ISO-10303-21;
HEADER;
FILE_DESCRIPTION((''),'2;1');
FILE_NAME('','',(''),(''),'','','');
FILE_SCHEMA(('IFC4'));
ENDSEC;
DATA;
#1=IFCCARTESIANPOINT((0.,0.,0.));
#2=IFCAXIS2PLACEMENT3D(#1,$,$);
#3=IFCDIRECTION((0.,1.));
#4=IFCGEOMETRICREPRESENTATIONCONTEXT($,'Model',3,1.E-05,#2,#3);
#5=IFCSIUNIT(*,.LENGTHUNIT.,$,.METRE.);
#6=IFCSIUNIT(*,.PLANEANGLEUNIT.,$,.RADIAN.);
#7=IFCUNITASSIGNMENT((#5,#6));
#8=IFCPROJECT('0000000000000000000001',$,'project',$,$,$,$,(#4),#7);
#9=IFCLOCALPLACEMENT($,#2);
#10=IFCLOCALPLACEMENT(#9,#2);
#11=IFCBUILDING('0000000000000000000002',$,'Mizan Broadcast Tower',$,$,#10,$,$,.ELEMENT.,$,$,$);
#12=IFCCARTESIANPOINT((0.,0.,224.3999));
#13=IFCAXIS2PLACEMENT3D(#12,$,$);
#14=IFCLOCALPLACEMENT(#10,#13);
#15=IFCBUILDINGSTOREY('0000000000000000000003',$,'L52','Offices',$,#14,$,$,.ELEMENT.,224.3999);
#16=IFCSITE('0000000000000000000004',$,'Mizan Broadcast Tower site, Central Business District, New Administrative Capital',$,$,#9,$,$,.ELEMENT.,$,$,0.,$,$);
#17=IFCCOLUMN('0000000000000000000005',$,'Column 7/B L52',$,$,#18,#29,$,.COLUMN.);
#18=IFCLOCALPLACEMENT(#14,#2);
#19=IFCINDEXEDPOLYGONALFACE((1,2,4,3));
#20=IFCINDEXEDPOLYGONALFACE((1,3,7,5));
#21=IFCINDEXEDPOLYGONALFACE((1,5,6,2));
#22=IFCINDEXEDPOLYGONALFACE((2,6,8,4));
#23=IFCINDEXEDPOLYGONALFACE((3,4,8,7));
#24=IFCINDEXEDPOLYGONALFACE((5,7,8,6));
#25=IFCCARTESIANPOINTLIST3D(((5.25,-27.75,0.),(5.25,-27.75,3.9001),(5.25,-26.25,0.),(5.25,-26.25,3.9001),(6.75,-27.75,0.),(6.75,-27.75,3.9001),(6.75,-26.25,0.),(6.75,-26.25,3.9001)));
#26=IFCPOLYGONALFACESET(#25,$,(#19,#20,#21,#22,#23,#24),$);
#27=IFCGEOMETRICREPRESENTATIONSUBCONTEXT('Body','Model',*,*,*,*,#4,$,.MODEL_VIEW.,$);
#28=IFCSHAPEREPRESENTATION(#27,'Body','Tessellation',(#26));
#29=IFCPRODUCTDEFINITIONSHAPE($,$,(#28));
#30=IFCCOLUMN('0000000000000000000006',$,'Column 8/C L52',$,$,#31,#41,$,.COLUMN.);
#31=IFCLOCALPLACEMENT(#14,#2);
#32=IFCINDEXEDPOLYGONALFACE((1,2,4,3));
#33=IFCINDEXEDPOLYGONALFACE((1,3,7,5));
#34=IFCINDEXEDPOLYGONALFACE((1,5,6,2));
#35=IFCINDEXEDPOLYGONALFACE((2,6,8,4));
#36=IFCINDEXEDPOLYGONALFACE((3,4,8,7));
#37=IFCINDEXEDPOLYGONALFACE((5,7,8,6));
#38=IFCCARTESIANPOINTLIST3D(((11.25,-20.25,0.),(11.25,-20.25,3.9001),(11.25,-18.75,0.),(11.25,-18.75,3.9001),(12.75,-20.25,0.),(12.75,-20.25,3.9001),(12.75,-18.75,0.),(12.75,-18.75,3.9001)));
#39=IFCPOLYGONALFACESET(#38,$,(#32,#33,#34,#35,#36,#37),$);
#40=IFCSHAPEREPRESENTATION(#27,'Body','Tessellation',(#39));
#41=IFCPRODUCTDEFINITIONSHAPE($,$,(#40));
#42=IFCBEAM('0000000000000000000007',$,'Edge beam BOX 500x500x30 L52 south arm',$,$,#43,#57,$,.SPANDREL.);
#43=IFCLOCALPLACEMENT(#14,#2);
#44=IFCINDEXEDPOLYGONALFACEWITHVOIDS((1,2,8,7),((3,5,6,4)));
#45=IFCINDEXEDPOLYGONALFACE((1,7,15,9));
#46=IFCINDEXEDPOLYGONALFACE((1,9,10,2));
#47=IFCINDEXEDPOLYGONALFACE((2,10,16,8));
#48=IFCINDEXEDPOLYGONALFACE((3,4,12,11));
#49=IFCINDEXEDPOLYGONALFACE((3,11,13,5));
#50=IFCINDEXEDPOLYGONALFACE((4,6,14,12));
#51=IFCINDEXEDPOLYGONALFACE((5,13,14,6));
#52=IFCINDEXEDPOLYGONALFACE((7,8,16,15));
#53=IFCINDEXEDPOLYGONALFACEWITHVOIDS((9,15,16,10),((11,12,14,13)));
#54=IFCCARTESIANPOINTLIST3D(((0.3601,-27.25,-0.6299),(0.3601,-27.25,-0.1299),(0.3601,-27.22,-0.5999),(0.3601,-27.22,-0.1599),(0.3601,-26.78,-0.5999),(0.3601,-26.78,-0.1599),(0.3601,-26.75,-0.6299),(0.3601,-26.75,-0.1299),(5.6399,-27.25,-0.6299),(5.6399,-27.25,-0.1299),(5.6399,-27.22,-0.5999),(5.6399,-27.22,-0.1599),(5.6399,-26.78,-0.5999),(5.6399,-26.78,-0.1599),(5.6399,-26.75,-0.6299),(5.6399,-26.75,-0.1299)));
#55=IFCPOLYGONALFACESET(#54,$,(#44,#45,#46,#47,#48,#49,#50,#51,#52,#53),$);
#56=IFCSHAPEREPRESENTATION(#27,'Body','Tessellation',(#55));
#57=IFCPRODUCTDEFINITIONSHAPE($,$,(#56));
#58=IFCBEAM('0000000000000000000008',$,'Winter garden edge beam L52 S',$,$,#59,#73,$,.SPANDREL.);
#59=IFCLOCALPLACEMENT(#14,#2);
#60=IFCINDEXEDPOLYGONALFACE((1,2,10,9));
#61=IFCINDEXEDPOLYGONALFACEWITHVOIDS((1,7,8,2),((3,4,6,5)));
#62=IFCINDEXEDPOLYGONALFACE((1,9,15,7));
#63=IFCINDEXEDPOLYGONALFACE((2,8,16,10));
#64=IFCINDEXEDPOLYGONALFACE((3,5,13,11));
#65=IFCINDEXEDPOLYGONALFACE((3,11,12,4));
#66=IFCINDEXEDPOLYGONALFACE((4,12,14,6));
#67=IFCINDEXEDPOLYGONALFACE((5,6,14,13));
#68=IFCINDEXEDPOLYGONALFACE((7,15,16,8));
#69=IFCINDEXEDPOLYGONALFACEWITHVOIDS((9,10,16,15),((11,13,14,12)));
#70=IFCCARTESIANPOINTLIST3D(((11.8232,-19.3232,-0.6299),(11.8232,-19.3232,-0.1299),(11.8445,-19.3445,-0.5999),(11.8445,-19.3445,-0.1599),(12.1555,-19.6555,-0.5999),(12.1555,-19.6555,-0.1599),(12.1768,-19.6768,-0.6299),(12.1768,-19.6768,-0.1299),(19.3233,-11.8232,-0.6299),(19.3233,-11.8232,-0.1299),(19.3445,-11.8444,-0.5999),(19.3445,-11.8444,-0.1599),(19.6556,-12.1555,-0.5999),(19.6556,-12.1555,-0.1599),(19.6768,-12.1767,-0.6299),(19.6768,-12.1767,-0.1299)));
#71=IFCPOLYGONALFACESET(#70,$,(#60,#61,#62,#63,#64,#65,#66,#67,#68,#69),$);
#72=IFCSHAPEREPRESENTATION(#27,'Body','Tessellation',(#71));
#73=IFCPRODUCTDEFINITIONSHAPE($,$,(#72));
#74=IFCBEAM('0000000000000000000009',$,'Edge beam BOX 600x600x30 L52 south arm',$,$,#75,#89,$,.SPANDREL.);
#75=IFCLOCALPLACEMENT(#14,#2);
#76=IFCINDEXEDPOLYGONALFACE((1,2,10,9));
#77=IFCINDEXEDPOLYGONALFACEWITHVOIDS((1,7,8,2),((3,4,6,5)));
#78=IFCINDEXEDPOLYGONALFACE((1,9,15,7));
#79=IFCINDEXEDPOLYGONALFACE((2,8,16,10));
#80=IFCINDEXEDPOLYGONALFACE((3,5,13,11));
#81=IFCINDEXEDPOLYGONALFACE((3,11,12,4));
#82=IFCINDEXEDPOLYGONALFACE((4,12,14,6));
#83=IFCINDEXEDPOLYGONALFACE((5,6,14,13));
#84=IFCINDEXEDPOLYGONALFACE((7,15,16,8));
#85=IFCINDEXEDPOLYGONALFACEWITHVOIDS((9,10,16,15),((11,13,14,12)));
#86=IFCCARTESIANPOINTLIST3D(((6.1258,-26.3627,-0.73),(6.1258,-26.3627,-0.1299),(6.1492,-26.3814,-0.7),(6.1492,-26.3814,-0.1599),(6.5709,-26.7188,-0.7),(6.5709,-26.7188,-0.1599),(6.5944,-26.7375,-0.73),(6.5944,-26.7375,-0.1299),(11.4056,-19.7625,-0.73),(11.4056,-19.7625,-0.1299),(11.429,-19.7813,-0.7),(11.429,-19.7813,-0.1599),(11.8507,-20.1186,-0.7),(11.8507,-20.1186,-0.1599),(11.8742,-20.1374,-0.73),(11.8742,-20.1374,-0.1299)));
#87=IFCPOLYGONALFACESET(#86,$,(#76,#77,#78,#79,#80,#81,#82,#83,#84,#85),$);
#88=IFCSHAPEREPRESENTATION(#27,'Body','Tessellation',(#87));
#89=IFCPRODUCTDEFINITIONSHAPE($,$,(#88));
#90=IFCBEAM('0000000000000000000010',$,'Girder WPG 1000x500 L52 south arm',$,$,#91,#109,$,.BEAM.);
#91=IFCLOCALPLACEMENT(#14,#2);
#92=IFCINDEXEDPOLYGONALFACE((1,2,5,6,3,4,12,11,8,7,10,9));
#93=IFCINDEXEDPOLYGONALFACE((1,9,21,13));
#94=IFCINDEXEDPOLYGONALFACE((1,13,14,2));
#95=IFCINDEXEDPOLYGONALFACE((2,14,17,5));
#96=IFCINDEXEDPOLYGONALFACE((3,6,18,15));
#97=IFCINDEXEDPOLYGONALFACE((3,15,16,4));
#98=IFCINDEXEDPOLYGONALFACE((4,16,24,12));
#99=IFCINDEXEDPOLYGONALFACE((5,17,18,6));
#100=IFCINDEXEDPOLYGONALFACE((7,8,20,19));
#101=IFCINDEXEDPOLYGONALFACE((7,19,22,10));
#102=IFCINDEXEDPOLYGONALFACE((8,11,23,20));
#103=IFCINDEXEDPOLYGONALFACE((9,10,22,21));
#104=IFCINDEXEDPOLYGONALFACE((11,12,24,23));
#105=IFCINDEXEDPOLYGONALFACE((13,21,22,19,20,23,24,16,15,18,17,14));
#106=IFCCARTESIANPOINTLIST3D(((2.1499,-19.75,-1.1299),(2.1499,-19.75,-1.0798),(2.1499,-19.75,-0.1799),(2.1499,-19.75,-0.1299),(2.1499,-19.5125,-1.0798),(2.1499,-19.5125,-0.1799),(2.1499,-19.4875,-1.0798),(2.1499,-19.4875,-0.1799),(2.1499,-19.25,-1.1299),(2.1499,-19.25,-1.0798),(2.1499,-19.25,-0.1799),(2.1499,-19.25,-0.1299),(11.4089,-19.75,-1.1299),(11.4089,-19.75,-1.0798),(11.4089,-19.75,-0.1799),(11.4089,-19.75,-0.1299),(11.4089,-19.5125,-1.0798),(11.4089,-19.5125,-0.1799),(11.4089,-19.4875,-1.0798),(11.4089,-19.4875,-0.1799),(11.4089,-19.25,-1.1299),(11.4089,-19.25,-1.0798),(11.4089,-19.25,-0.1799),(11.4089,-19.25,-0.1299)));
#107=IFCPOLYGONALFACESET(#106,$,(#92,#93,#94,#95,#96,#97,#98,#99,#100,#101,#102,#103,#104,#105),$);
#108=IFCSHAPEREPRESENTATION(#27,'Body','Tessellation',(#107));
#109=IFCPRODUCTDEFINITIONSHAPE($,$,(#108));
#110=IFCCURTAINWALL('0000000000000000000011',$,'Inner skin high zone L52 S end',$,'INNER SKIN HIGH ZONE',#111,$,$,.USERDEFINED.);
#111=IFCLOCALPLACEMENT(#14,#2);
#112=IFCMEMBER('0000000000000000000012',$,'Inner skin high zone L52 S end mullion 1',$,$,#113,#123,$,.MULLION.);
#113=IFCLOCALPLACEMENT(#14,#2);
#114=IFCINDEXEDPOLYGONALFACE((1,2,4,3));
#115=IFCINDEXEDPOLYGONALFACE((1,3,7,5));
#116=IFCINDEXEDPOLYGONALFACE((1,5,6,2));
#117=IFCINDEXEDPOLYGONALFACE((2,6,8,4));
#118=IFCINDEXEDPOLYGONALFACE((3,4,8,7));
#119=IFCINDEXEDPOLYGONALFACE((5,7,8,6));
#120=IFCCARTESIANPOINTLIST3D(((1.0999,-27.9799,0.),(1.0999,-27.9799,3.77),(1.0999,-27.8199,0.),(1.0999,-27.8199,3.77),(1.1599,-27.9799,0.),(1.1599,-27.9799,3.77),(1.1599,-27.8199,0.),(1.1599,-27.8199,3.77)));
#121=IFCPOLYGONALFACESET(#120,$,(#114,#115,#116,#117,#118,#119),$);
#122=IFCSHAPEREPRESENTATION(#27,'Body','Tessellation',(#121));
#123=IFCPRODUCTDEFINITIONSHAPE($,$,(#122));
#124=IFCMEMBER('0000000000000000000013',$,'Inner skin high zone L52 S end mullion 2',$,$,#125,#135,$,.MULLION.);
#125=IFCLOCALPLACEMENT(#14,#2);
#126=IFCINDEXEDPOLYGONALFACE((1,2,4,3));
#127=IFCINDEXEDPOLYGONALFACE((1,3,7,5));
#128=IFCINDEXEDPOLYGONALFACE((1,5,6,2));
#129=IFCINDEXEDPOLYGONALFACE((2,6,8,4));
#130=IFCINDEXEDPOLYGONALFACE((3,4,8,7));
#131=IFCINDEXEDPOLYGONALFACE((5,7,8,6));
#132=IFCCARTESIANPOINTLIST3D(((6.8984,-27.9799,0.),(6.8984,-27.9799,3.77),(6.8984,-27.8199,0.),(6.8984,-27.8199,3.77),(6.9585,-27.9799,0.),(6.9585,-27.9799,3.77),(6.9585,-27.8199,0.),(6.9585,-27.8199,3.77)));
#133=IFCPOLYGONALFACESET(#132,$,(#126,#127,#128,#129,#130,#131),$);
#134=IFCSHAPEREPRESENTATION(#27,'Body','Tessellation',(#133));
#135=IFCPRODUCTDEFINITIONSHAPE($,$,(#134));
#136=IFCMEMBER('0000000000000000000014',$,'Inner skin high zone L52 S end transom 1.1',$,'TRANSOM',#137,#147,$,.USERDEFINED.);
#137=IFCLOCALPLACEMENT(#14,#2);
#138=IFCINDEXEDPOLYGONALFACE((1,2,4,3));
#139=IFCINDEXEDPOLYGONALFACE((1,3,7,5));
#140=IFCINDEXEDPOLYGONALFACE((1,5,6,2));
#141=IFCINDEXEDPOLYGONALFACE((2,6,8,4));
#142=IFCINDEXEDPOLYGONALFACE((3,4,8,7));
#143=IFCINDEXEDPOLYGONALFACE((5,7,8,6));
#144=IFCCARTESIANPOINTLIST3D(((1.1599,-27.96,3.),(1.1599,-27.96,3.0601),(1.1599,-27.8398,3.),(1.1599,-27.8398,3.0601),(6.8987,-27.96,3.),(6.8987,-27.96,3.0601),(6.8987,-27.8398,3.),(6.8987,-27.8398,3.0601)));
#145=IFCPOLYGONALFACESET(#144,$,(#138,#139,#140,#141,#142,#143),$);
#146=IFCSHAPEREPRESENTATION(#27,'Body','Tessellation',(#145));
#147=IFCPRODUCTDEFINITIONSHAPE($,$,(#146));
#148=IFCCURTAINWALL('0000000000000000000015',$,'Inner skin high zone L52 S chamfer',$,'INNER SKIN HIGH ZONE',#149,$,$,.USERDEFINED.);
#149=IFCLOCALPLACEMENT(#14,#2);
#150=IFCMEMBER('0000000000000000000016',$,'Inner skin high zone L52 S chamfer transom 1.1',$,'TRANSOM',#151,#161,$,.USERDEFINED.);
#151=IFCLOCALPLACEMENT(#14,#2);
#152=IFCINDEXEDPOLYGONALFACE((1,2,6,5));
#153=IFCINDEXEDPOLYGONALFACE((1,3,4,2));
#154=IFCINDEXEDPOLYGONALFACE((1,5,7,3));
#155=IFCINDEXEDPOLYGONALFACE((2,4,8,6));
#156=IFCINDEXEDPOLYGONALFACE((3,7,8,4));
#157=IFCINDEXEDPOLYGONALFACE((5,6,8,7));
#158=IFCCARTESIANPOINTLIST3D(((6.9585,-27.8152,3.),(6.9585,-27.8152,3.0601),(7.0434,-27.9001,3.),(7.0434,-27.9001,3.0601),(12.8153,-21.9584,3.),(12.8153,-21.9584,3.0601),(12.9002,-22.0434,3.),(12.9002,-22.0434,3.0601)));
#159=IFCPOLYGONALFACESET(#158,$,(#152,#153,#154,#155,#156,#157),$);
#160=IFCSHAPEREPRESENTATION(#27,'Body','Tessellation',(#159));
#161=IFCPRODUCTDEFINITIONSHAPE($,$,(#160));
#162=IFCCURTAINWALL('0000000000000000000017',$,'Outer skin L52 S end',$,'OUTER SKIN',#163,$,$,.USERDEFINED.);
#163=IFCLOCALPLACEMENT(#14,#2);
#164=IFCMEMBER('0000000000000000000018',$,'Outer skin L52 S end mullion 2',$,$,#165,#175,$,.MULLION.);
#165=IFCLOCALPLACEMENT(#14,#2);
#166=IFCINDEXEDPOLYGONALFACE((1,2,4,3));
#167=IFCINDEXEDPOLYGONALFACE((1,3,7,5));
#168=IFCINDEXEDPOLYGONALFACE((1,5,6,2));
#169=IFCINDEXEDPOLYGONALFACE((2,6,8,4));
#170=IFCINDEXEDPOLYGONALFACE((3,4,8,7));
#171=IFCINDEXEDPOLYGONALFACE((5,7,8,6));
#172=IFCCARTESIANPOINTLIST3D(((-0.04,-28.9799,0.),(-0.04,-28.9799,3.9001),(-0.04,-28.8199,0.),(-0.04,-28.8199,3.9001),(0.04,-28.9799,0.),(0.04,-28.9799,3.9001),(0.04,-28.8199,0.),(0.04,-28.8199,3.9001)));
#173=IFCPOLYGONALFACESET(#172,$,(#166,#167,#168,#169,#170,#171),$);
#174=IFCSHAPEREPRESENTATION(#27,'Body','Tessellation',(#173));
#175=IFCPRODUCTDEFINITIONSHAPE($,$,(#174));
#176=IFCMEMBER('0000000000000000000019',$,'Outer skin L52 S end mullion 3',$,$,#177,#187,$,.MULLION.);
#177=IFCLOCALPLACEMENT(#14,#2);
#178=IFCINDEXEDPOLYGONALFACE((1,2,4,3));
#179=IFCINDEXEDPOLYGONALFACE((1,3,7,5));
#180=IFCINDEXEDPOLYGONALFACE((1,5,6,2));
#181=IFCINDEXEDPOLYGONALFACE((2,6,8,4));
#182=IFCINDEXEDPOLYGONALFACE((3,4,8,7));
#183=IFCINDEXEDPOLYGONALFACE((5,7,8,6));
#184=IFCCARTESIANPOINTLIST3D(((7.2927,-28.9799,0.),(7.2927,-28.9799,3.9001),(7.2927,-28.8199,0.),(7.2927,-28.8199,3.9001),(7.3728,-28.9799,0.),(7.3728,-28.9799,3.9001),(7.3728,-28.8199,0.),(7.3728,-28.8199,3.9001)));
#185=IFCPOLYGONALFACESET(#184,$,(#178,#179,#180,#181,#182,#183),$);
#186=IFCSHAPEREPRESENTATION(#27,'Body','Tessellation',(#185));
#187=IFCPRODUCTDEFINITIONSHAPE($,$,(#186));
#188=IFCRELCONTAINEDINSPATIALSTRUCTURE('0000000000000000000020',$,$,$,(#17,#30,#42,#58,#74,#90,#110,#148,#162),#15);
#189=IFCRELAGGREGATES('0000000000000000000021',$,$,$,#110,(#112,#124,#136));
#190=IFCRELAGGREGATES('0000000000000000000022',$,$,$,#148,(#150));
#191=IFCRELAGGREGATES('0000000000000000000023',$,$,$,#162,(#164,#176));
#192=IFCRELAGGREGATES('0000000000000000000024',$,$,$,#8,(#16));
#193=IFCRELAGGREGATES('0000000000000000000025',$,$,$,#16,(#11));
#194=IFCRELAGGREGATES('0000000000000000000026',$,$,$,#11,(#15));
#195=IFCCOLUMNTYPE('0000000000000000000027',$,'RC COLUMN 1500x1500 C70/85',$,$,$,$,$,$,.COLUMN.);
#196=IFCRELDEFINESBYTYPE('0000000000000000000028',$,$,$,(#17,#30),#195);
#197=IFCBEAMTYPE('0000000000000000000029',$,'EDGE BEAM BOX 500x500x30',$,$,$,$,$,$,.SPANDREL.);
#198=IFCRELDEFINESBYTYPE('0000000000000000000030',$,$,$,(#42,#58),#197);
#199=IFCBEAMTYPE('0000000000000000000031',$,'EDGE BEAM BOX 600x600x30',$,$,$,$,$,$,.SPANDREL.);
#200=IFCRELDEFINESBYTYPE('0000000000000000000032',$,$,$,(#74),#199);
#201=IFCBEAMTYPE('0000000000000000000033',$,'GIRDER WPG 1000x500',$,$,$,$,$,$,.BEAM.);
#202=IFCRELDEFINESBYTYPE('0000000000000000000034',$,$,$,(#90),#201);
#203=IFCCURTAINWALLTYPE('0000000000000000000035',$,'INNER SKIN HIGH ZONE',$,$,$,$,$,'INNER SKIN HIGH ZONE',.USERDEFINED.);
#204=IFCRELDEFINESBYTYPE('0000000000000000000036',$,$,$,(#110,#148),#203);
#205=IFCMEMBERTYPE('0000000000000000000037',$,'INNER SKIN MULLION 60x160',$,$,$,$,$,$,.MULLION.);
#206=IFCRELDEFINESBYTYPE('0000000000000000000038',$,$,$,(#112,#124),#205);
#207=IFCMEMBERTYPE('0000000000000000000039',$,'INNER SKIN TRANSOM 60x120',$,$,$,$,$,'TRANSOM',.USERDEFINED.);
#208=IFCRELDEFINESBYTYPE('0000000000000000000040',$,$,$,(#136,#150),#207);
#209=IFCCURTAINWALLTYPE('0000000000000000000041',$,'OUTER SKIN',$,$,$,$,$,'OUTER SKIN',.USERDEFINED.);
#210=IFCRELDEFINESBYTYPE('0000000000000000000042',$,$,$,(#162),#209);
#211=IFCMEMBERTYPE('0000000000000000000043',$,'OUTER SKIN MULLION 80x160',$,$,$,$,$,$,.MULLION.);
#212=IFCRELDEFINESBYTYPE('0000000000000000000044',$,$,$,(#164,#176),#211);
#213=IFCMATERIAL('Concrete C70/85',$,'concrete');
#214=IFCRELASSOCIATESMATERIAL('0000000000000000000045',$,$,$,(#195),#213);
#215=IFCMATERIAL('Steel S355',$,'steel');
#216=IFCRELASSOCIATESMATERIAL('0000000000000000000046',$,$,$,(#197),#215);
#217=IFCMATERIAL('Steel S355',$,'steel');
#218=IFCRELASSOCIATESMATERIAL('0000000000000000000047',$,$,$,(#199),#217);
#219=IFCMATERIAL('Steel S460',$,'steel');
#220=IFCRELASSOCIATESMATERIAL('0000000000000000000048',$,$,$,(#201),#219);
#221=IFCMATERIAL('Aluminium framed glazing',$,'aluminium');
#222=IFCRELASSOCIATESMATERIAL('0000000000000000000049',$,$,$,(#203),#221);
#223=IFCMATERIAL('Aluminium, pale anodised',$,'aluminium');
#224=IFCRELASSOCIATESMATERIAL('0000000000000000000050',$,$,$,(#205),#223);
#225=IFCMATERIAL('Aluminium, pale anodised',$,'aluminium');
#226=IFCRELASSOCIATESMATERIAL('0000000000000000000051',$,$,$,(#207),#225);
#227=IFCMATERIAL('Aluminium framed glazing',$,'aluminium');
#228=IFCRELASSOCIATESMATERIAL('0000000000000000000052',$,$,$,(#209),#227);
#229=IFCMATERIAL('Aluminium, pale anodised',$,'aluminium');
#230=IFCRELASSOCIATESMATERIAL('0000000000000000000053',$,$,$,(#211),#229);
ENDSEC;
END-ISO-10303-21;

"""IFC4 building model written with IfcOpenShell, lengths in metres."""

from ifc_helpers import new_model, si_unit, direction, frame, origin, origin_2d, place, context, subcontext, project, spatial, rectangle, hollow_rectangle, i_section, extrude, material, material_profile, profile_set, type_object, element, aggregate, save


model = new_model("IFC4")

# Units and contexts
model_context = context("Model", 3, precision=1e-05, world=origin(), true_north=direction((0.0, 1.0)))
body_context = subcontext(model_context, "Body", "Model", "MODEL_VIEW")
ifc_project = project(units=[si_unit("LENGTHUNIT", "METRE"), si_unit("PLANEANGLEUNIT", "RADIAN")], contexts=[model_context])

# Site, building, storey
site_placement = place(None, origin())
site = spatial("IfcSite", under=ifc_project, at=site_placement, Name="Mizan Broadcast Tower site, Central Business District, New Administrative Capital", CompositionType="ELEMENT", RefElevation=0.0)
building_placement = place(site_placement, origin())
building = spatial("IfcBuilding", under=site, at=building_placement, Name="Mizan Broadcast Tower", CompositionType="ELEMENT")
storey_placement = place(building_placement, frame((0.0, 0.0, 224.3999)))
storey = spatial("IfcBuildingStorey", under=building, at=storey_placement, Name="L52", Description="Offices", CompositionType="ELEMENT", Elevation=224.3999)

# Columns
ifc_material_1 = material(Name="Concrete C70/85", Category="concrete")
ifc_material_profile_1 = material_profile(ifc_material_1, rectangle(XDim=1.5, YDim=1.5, at=origin_2d()), Name="RC 1500x1500")
ifc_profile_set_1 = profile_set([ifc_material_profile_1], Name="Concrete C70/85")
column_type = type_object("IfcColumnType", Name="RC COLUMN 1500x1500 C70/85", PredefinedType="COLUMN", material=ifc_profile_set_1)
for number, where, z_axis, x_axis, name in (
    (1, (6.0, -27.0, 0.0), (0.0, 0.0, 1.0), (1.0, 0.0, 0.0), "Column 7/B L52"),
    (2, (12.0, -19.5, 0.0), (0.0, 0.0, 1.0), (1.0, 0.0, 0.0), "Column 8/C L52"),
):
    element("IfcColumn", number, at=place(storey_placement, frame(where, z_axis=z_axis, x_axis=x_axis)), inside=storey, type_object=column_type, Name=name, PredefinedType="COLUMN", context=body_context, shape_type="SweptSolid", body=[
        extrude(rectangle(XDim=1.5, YDim=1.5, at=origin_2d()), origin(), (0.0, 0.0, 1.0), 3.9001),
    ])

# Beams
ifc_material_2 = material(Name="Steel S355", Category="steel")
ifc_material_profile_2 = material_profile(ifc_material_2, hollow_rectangle(XDim=0.5, YDim=0.5, WallThickness=0.03, at=origin_2d()), Name="BOX 500x500x30")
ifc_profile_set_2 = profile_set([ifc_material_profile_2], Name="Steel S355")
beam_type_1 = type_object("IfcBeamType", Name="EDGE BEAM BOX 500x500x30", PredefinedType="SPANDREL", material=ifc_profile_set_2)
beam_1_placement = place(storey_placement, frame((5.6399, -27.0, -0.3799), z_axis=(-1.0, 0.0, 0.0), x_axis=(0.0, -1.0, 0.0)))
element("IfcBeam", 3, at=beam_1_placement, inside=storey, type_object=beam_type_1, Name="Edge beam BOX 500x500x30 L52 south arm", PredefinedType="SPANDREL", context=body_context, shape_type="SweptSolid", body=[
    extrude(hollow_rectangle(XDim=0.5, YDim=0.5, WallThickness=0.03, at=origin_2d()), origin(), (0.0, 0.0, 1.0), 5.2798),
])
beam_2_placement = place(storey_placement, frame((12.0, -19.5, -0.3799), z_axis=(0.707107, 0.707107, 0.0), x_axis=(-0.707107, 0.707107, 0.0)))
element("IfcBeam", 4, at=beam_2_placement, inside=storey, type_object=beam_type_1, Name="Winter garden edge beam L52 S", PredefinedType="SPANDREL", context=body_context, shape_type="SweptSolid", body=[
    extrude(hollow_rectangle(XDim=0.5, YDim=0.5, WallThickness=0.03, at=origin_2d()), origin(), (0.0, 0.0, 1.0), 10.6067),
])
ifc_material_3 = material(Name="Steel S355", Category="steel")
ifc_material_profile_3 = material_profile(ifc_material_3, hollow_rectangle(XDim=0.6001, YDim=0.6001, WallThickness=0.03, at=origin_2d()), Name="BOX 600x600x30")
ifc_profile_set_3 = profile_set([ifc_material_profile_3], Name="Steel S355")
beam_type_2 = type_object("IfcBeamType", Name="EDGE BEAM BOX 600x600x30", PredefinedType="SPANDREL", material=ifc_profile_set_3)
beam_3_placement = place(storey_placement, frame((11.6399, -19.95, -0.4299), z_axis=(-0.624674, -0.780886, 0.0), x_axis=(0.780886, -0.624674, 0.0)))
element("IfcBeam", 5, at=beam_3_placement, inside=storey, type_object=beam_type_2, Name="Edge beam BOX 600x600x30 L52 south arm", PredefinedType="SPANDREL", context=body_context, shape_type="SweptSolid", body=[
    extrude(hollow_rectangle(XDim=0.6001, YDim=0.6001, WallThickness=0.03, at=origin_2d()), origin(), (0.0, 0.0, 1.0), 8.4521),
])
ifc_material_4 = material(Name="Steel S460", Category="steel")
ifc_material_profile_4 = material_profile(ifc_material_4, i_section(OverallWidth=0.5, OverallDepth=1.0, WebThickness=0.0249, FlangeThickness=0.05, at=origin_2d()), Name="WPG 1000x500")
ifc_profile_set_4 = profile_set([ifc_material_profile_4], Name="Steel S460")
beam_type_3 = type_object("IfcBeamType", Name="GIRDER WPG 1000x500", PredefinedType="BEAM", material=ifc_profile_set_4)
beam_4_placement = place(storey_placement, frame((11.4089, -19.5, -0.6299), z_axis=(-1.0, 0.0, 0.0), x_axis=(0.0, -1.0, 0.0)))
element("IfcBeam", 6, at=beam_4_placement, inside=storey, type_object=beam_type_3, Name="Girder WPG 1000x500 L52 south arm", PredefinedType="BEAM", context=body_context, shape_type="SweptSolid", body=[
    extrude(i_section(OverallWidth=0.5, OverallDepth=1.0, WebThickness=0.0249, FlangeThickness=0.05, at=origin_2d()), origin(), (0.0, 0.0, 1.0), 9.259),
])

# Curtain wall, members
ifc_material_5 = material(Name="Aluminium framed glazing", Category="aluminium")
curtain_wall_type_1 = type_object("IfcCurtainWallType", Name="INNER SKIN HIGH ZONE", ElementType="INNER SKIN HIGH ZONE", PredefinedType="USERDEFINED", material=ifc_material_5)
curtain_wall_1_placement = place(storey_placement, origin())
curtain_wall_1 = element("IfcCurtainWall", 7, at=curtain_wall_1_placement, inside=storey, type_object=curtain_wall_type_1, Name="Inner skin high zone L52 S end", ObjectType="INNER SKIN HIGH ZONE", PredefinedType="USERDEFINED")
ifc_material_6 = material(Name="Aluminium, pale anodised", Category="aluminium")
ifc_material_profile_5 = material_profile(ifc_material_6, rectangle(XDim=0.1599, YDim=0.0601, at=origin_2d()), Name="MULLION 160x60")
ifc_profile_set_5 = profile_set([ifc_material_profile_5], Name="Aluminium, pale anodised")
member_type_1 = type_object("IfcMemberType", Name="INNER SKIN MULLION 60x160", PredefinedType="MULLION", material=ifc_profile_set_5)
member_1_placement = place(storey_placement, frame((1.1299, -27.8999, 0.0), z_axis=(0.0, 0.0, 1.0), x_axis=(0.0, 1.0, 0.0)))
member_1 = element("IfcMember", 8, at=member_1_placement, type_object=member_type_1, Name="Inner skin high zone L52 S end mullion 1", PredefinedType="MULLION", context=body_context, shape_type="SweptSolid", body=[
    extrude(rectangle(XDim=0.1599, YDim=0.0601, at=origin_2d()), origin(), (0.0, 0.0, 1.0), 3.77),
])
member_2_placement = place(storey_placement, frame((6.9285, -27.8999, 0.0), z_axis=(0.0, 0.0, 1.0), x_axis=(0.0, 1.0, 0.0)))
member_2 = element("IfcMember", 9, at=member_2_placement, type_object=member_type_1, Name="Inner skin high zone L52 S end mullion 2", PredefinedType="MULLION", context=body_context, shape_type="SweptSolid", body=[
    extrude(rectangle(XDim=0.1599, YDim=0.0601, at=origin_2d()), origin(), (0.0, 0.0, 1.0), 3.77),
])
ifc_material_7 = material(Name="Aluminium, pale anodised", Category="aluminium")
ifc_material_profile_6 = material_profile(ifc_material_7, rectangle(XDim=0.1201, YDim=0.0601, at=origin_2d()), Name="TRANSOM 120x60")
ifc_profile_set_6 = profile_set([ifc_material_profile_6], Name="Aluminium, pale anodised")
member_type_2 = type_object("IfcMemberType", Name="INNER SKIN TRANSOM 60x120", ElementType="TRANSOM", PredefinedType="USERDEFINED", material=ifc_profile_set_6)
member_3_placement = place(storey_placement, frame((1.1599, -27.8999, 3.03), z_axis=(1.0, 0.0, 0.0), x_axis=(0.0, 1.0, 0.0)))
member_3 = element("IfcMember", 10, at=member_3_placement, type_object=member_type_2, Name="Inner skin high zone L52 S end transom 1.1", ObjectType="TRANSOM", PredefinedType="USERDEFINED", context=body_context, shape_type="SweptSolid", body=[
    extrude(rectangle(XDim=0.1201, YDim=0.0601, at=origin_2d()), origin(), (0.0, 0.0, 1.0), 5.7388),
])

# Curtain wall, member
curtain_wall_2_placement = place(storey_placement, origin())
curtain_wall_2 = element("IfcCurtainWall", 11, at=curtain_wall_2_placement, inside=storey, type_object=curtain_wall_type_1, Name="Inner skin high zone L52 S chamfer", ObjectType="INNER SKIN HIGH ZONE", PredefinedType="USERDEFINED")
member_4_placement = place(storey_placement, frame((7.001, -27.8577, 3.03), z_axis=(0.707107, 0.707107, 0.0), x_axis=(-0.707107, 0.707107, 0.0)))
member_4 = element("IfcMember", 12, at=member_4_placement, type_object=member_type_2, Name="Inner skin high zone L52 S chamfer transom 1.1", ObjectType="TRANSOM", PredefinedType="USERDEFINED", context=body_context, shape_type="SweptSolid", body=[
    extrude(rectangle(XDim=0.1201, YDim=0.0601, at=origin_2d()), origin(), (0.0, 0.0, 1.0), 8.2827),
])

# Curtain wall, members
ifc_material_8 = material(Name="Aluminium framed glazing", Category="aluminium")
curtain_wall_type_2 = type_object("IfcCurtainWallType", Name="OUTER SKIN", ElementType="OUTER SKIN", PredefinedType="USERDEFINED", material=ifc_material_8)
curtain_wall_3_placement = place(storey_placement, origin())
curtain_wall_3 = element("IfcCurtainWall", 13, at=curtain_wall_3_placement, inside=storey, type_object=curtain_wall_type_2, Name="Outer skin L52 S end", ObjectType="OUTER SKIN", PredefinedType="USERDEFINED")
ifc_material_9 = material(Name="Aluminium, pale anodised", Category="aluminium")
ifc_material_profile_7 = material_profile(ifc_material_9, rectangle(XDim=0.1599, YDim=0.0801, at=origin_2d()), Name="MULLION 160x80")
ifc_profile_set_7 = profile_set([ifc_material_profile_7], Name="Aluminium, pale anodised")
member_type_3 = type_object("IfcMemberType", Name="OUTER SKIN MULLION 80x160", PredefinedType="MULLION", material=ifc_profile_set_7)
member_5_placement = place(storey_placement, frame((0.0, -28.8999, 0.0), z_axis=(0.0, 0.0, 1.0), x_axis=(0.0, 1.0, 0.0)))
member_5 = element("IfcMember", 14, at=member_5_placement, type_object=member_type_3, Name="Outer skin L52 S end mullion 2", PredefinedType="MULLION", context=body_context, shape_type="SweptSolid", body=[
    extrude(rectangle(XDim=0.1599, YDim=0.0801, at=origin_2d()), origin(), (0.0, 0.0, 1.0), 3.9001),
])
member_6_placement = place(storey_placement, frame((7.3328, -28.8999, 0.0), z_axis=(0.0, 0.0, 1.0), x_axis=(0.0, 1.0, 0.0)))
member_6 = element("IfcMember", 15, at=member_6_placement, type_object=member_type_3, Name="Outer skin L52 S end mullion 3", PredefinedType="MULLION", context=body_context, shape_type="SweptSolid", body=[
    extrude(rectangle(XDim=0.1599, YDim=0.0801, at=origin_2d()), origin(), (0.0, 0.0, 1.0), 3.9001),
])

aggregate(curtain_wall_1, [member_1, member_2, member_3])
aggregate(curtain_wall_2, [member_4])
aggregate(curtain_wall_3, [member_5, member_6])

save(model, "model.ifc")
